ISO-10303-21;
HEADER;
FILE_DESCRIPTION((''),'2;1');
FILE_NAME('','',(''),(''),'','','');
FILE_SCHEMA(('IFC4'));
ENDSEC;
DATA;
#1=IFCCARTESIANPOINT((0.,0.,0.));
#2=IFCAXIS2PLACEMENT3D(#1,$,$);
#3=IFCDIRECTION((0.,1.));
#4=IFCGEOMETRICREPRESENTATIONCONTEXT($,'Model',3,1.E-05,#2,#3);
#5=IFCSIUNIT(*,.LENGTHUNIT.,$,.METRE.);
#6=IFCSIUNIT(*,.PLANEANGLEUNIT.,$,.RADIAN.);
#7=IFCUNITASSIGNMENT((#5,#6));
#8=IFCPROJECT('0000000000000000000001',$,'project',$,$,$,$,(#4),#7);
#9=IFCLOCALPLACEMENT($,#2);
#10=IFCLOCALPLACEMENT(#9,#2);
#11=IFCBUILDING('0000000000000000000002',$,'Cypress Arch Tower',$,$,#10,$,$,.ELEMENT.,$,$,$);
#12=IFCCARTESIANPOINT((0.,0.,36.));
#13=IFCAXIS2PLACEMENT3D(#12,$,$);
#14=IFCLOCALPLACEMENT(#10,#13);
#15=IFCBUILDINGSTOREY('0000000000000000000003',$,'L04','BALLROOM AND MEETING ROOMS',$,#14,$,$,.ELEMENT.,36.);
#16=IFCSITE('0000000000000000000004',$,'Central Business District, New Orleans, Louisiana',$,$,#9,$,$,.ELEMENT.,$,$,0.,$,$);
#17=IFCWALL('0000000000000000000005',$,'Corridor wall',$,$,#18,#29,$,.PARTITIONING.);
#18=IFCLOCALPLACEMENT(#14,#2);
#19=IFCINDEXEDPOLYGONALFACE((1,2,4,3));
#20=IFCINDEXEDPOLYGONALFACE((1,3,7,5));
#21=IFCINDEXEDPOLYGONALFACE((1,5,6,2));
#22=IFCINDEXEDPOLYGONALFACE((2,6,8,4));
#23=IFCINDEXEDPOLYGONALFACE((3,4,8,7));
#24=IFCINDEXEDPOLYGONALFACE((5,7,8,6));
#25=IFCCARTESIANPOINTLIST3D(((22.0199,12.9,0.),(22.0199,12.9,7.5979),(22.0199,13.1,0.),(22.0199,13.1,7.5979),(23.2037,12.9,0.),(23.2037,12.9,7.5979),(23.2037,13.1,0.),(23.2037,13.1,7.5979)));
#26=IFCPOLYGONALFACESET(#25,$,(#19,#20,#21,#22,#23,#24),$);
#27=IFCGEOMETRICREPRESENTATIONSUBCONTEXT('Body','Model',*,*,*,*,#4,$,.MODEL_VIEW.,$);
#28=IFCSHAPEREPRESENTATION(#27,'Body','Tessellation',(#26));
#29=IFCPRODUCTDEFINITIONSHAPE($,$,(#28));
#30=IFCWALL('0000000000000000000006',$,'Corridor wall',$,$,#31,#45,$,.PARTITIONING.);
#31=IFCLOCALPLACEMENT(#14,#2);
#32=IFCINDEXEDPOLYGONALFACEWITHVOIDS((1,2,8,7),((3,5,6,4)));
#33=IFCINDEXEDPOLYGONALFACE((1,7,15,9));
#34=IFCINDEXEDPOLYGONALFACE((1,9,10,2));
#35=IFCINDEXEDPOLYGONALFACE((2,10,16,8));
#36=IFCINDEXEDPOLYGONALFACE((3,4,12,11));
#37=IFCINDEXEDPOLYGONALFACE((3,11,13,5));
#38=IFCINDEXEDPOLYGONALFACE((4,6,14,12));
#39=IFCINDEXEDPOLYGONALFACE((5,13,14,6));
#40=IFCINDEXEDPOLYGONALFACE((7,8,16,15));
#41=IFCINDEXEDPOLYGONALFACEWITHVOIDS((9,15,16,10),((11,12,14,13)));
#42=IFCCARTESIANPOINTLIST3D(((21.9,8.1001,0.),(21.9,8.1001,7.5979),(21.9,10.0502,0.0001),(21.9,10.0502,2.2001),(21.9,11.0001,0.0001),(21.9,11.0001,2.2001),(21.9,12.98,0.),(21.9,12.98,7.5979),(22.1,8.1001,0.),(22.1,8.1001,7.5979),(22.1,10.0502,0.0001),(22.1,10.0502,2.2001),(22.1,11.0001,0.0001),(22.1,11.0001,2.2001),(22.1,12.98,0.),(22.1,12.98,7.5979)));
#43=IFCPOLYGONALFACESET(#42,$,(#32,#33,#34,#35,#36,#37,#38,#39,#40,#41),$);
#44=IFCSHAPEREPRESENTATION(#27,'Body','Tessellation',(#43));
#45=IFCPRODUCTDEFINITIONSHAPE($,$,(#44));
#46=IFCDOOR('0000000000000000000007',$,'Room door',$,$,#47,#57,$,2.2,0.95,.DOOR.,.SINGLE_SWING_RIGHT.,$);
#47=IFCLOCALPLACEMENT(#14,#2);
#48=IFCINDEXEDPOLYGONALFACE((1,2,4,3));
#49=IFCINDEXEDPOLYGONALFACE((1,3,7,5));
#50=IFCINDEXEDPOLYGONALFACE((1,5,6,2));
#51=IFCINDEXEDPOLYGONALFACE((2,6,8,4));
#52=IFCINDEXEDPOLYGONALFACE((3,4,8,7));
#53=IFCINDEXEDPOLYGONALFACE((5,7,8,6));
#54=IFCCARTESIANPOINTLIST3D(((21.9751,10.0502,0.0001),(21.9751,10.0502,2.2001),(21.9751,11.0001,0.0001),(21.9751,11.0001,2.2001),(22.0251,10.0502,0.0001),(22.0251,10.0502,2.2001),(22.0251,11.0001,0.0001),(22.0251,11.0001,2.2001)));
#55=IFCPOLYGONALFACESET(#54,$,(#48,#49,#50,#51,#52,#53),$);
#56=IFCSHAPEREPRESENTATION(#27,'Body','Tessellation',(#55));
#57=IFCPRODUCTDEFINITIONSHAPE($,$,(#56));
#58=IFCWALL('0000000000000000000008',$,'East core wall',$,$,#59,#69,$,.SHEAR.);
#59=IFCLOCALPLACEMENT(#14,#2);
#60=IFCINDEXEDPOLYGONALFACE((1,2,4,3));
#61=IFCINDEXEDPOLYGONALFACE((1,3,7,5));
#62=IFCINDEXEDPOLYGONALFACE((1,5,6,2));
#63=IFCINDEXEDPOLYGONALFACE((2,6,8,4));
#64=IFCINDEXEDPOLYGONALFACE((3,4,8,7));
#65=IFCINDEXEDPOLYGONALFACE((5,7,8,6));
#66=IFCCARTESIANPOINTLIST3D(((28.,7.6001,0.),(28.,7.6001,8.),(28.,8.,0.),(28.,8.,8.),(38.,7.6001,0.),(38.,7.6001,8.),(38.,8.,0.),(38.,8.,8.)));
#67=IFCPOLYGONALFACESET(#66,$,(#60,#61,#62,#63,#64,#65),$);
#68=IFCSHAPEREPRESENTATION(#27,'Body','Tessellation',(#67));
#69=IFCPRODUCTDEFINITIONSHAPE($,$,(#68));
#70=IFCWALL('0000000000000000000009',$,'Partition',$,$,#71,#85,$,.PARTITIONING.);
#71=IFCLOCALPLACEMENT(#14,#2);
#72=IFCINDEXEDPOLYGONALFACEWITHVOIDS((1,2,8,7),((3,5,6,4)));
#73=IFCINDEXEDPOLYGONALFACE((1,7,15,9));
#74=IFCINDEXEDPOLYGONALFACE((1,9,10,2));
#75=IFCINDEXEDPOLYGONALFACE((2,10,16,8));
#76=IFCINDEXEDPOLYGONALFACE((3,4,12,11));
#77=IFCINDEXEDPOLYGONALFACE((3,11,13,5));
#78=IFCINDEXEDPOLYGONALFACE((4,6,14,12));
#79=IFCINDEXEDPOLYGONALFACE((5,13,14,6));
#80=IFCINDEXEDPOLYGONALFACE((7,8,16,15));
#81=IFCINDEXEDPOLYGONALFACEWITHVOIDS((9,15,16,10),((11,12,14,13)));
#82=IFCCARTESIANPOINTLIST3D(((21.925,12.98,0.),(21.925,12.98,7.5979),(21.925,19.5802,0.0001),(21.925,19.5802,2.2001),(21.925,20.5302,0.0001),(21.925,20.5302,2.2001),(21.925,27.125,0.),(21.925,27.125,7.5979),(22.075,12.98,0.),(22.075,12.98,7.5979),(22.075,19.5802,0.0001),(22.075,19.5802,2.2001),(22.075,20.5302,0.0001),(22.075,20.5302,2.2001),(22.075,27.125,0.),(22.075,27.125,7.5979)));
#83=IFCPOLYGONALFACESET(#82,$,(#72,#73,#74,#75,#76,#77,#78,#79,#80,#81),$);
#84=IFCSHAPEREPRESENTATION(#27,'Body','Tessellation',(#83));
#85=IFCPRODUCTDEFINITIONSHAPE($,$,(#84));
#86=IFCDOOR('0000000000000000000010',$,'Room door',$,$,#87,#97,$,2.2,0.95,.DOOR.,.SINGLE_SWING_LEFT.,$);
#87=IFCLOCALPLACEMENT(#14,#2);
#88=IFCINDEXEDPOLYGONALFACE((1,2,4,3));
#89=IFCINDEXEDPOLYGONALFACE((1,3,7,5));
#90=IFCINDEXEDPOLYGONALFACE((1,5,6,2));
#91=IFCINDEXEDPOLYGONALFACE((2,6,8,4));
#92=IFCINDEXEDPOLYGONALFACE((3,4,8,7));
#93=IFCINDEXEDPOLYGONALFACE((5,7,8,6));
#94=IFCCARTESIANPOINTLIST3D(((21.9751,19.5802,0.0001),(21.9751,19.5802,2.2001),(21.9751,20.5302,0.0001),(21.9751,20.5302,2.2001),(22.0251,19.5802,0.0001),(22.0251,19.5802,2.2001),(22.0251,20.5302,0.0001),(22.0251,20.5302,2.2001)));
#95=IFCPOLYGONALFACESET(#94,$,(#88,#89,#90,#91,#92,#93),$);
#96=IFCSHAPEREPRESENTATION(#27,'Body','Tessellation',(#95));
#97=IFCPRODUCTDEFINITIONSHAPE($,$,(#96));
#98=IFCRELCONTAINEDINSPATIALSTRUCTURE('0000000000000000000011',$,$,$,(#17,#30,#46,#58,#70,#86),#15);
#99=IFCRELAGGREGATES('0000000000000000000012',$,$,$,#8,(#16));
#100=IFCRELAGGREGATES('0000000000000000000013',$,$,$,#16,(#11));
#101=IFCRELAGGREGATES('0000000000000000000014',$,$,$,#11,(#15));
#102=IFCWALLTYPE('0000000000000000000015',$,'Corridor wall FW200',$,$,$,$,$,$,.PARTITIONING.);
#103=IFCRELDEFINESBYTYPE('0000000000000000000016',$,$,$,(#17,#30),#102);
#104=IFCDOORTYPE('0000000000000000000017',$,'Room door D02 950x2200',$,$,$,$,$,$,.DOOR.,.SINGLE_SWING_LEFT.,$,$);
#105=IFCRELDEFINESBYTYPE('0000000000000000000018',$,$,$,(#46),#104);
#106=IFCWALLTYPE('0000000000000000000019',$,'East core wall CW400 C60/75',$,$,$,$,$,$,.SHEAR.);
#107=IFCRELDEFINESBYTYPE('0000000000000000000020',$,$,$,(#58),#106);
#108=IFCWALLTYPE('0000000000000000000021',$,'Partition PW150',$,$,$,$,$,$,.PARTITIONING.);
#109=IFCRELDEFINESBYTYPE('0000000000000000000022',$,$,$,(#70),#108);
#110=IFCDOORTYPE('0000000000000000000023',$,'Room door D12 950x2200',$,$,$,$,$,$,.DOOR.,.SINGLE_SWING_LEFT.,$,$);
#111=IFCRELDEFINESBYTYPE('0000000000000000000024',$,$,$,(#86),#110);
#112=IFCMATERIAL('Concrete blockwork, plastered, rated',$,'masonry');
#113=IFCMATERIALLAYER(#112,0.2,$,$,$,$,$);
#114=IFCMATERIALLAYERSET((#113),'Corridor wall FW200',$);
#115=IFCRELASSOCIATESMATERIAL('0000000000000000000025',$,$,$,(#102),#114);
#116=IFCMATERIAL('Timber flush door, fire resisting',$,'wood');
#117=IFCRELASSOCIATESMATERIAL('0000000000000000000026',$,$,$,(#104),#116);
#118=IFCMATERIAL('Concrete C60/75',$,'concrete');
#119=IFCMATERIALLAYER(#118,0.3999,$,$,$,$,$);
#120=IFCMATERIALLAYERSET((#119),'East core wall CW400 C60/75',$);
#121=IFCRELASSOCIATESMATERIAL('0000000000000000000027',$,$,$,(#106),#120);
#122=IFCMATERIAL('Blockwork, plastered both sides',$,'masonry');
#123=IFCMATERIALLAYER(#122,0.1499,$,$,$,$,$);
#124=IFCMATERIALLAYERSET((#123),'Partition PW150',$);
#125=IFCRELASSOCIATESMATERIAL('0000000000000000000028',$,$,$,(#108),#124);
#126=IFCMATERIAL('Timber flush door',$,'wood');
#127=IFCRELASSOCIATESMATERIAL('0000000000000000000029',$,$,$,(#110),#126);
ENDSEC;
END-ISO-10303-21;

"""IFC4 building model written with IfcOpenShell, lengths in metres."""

from ifc_helpers import new_model, si_unit, direction, frame, frame_2d, origin, place, context, subcontext, project, spatial, rectangle, extrude, material, layer, layer_set, type_object, element, fill, save


model = new_model("IFC4")

# Units and contexts
model_context = context("Model", 3, precision=1e-05, world=origin(), true_north=direction((0.0, 1.0)))
body_context = subcontext(model_context, "Body", "Model", "MODEL_VIEW")
ifc_project = project(units=[si_unit("LENGTHUNIT", "METRE"), si_unit("PLANEANGLEUNIT", "RADIAN")], contexts=[model_context])

# Site, building, storey
site_placement = place(None, origin())
site = spatial("IfcSite", under=ifc_project, at=site_placement, Name="Central Business District, New Orleans, Louisiana", CompositionType="ELEMENT", RefElevation=0.0)
building_placement = place(site_placement, origin())
building = spatial("IfcBuilding", under=site, at=building_placement, Name="Cypress Arch Tower", CompositionType="ELEMENT")
storey_placement = place(building_placement, frame((0.0, 0.0, 36.0)))
storey = spatial("IfcBuildingStorey", under=building, at=storey_placement, Name="L04", Description="BALLROOM AND MEETING ROOMS", CompositionType="ELEMENT", Elevation=36.0)

# Wall
ifc_material_1 = material(Name="Concrete blockwork, plastered, rated", Category="masonry")
ifc_layer_1 = layer(ifc_material_1, 0.2)
ifc_layer_set_1 = layer_set([ifc_layer_1], Name="Corridor wall FW200")
wall_type_1 = type_object("IfcWallType", Name="Corridor wall FW200", PredefinedType="PARTITIONING", material=ifc_layer_set_1)
wall_1_placement = place(storey_placement, frame((22.02, 13.0, 0.0), z_axis=(0.0, 0.0, 1.0), x_axis=(1.0, 0.0, 0.0)))
element("IfcWall", 1, at=wall_1_placement, inside=storey, type_object=wall_type_1, Name="Corridor wall", PredefinedType="PARTITIONING", context=body_context, shape_type="SweptSolid", body=[
    extrude(rectangle(XDim=1.1838, YDim=0.2, at=frame_2d((0.5918, 0.0))), origin(), (0.0, 0.0, 1.0), 7.5979),
])

# Wall, opening, door
wall_2_placement = place(storey_placement, frame((22.0, 8.1001, 0.0), z_axis=(0.0, 0.0, 1.0), x_axis=(0.0, 1.0, 0.0)))
wall_2 = element("IfcWall", 2, at=wall_2_placement, inside=storey, type_object=wall_type_1, Name="Corridor wall", PredefinedType="PARTITIONING", context=body_context, shape_type="SweptSolid", body=[
    extrude(rectangle(XDim=4.8799, YDim=0.2, at=frame_2d((2.4399, 0.0))), origin(), (0.0, 0.0, 1.0), 7.5979),
])
opening_1_placement = place(wall_2_placement, frame((1.95, 0.0, 0.0)))
opening_1 = element("IfcOpeningElement", 3, at=opening_1_placement, cuts=wall_2, PredefinedType="OPENING", context=body_context, shape_type="SweptSolid", body=[
    extrude(rectangle(XDim=0.95, YDim=2.2, at=frame_2d((0.4751, 1.1001))), frame((0.0, 0.1099, 0.0), z_axis=(0.0, -1.0, 0.0), x_axis=(1.0, 0.0, 0.0)), (0.0, 0.0, 1.0), 0.22),
])
ifc_material_2 = material(Name="Timber flush door, fire resisting", Category="wood")
door_type_1 = type_object("IfcDoorType", Name="Room door D02 950x2200", OperationType="SINGLE_SWING_LEFT", PredefinedType="DOOR", material=ifc_material_2)
door_1_placement = place(opening_1_placement, origin())
door_1 = element("IfcDoor", 4, at=door_1_placement, inside=storey, type_object=door_type_1, Name="Room door", OperationType="SINGLE_SWING_RIGHT", OverallHeight=2.2, OverallWidth=0.95, PredefinedType="DOOR", context=body_context, shape_type="SweptSolid", body=[
    extrude(rectangle(XDim=0.95, YDim=2.2, at=frame_2d((0.4751, 1.1001))), frame((0.0, 0.0249, 0.0), z_axis=(0.0, -1.0, 0.0), x_axis=(1.0, 0.0, 0.0)), (0.0, 0.0, 1.0), 0.05),
])
fill(opening_1, door_1)

# Wall
ifc_material_3 = material(Name="Concrete C60/75", Category="concrete")
ifc_layer_2 = layer(ifc_material_3, 0.3999)
ifc_layer_set_2 = layer_set([ifc_layer_2], Name="East core wall CW400 C60/75")
wall_type_2 = type_object("IfcWallType", Name="East core wall CW400 C60/75", PredefinedType="SHEAR", material=ifc_layer_set_2)
wall_3_placement = place(storey_placement, frame((28.0, 7.8, 0.0), z_axis=(0.0, 0.0, 1.0), x_axis=(1.0, 0.0, 0.0)))
element("IfcWall", 5, at=wall_3_placement, inside=storey, type_object=wall_type_2, Name="East core wall", PredefinedType="SHEAR", context=body_context, shape_type="SweptSolid", body=[
    extrude(rectangle(XDim=10.0, YDim=0.3999, at=frame_2d((5.0, 0.0))), origin(), (0.0, 0.0, 1.0), 8.0),
])

# Wall, opening, door
ifc_material_4 = material(Name="Blockwork, plastered both sides", Category="masonry")
ifc_layer_3 = layer(ifc_material_4, 0.1499)
ifc_layer_set_3 = layer_set([ifc_layer_3], Name="Partition PW150")
wall_type_3 = type_object("IfcWallType", Name="Partition PW150", PredefinedType="PARTITIONING", material=ifc_layer_set_3)
wall_4_placement = place(storey_placement, frame((22.0, 12.98, 0.0), z_axis=(0.0, 0.0, 1.0), x_axis=(0.0, 1.0, 0.0)))
wall_4 = element("IfcWall", 6, at=wall_4_placement, inside=storey, type_object=wall_type_3, Name="Partition", PredefinedType="PARTITIONING", context=body_context, shape_type="SweptSolid", body=[
    extrude(rectangle(XDim=14.145, YDim=0.1499, at=frame_2d((7.0725, 0.0))), origin(), (0.0, 0.0, 1.0), 7.5979),
])
opening_2_placement = place(wall_4_placement, frame((6.6001, 0.0, 0.0)))
opening_2 = element("IfcOpeningElement", 7, at=opening_2_placement, cuts=wall_4, PredefinedType="OPENING", context=body_context, shape_type="SweptSolid", body=[
    extrude(rectangle(XDim=0.95, YDim=2.2, at=frame_2d((0.4751, 1.1001))), frame((0.0, 0.085, 0.0), z_axis=(0.0, -1.0, 0.0), x_axis=(1.0, 0.0, 0.0)), (0.0, 0.0, 1.0), 0.1699),
])
ifc_material_5 = material(Name="Timber flush door", Category="wood")
door_type_2 = type_object("IfcDoorType", Name="Room door D12 950x2200", OperationType="SINGLE_SWING_LEFT", PredefinedType="DOOR", material=ifc_material_5)
door_2_placement = place(opening_2_placement, origin())
door_2 = element("IfcDoor", 8, at=door_2_placement, inside=storey, type_object=door_type_2, Name="Room door", OperationType="SINGLE_SWING_LEFT", OverallHeight=2.2, OverallWidth=0.95, PredefinedType="DOOR", context=body_context, shape_type="SweptSolid", body=[
    extrude(rectangle(XDim=0.95, YDim=2.2, at=frame_2d((0.4751, 1.1001))), frame((0.0, 0.0249, 0.0), z_axis=(0.0, -1.0, 0.0), x_axis=(1.0, 0.0, 0.0)), (0.0, 0.0, 1.0), 0.05),
])
fill(opening_2, door_2)

save(model, "model.ifc")
